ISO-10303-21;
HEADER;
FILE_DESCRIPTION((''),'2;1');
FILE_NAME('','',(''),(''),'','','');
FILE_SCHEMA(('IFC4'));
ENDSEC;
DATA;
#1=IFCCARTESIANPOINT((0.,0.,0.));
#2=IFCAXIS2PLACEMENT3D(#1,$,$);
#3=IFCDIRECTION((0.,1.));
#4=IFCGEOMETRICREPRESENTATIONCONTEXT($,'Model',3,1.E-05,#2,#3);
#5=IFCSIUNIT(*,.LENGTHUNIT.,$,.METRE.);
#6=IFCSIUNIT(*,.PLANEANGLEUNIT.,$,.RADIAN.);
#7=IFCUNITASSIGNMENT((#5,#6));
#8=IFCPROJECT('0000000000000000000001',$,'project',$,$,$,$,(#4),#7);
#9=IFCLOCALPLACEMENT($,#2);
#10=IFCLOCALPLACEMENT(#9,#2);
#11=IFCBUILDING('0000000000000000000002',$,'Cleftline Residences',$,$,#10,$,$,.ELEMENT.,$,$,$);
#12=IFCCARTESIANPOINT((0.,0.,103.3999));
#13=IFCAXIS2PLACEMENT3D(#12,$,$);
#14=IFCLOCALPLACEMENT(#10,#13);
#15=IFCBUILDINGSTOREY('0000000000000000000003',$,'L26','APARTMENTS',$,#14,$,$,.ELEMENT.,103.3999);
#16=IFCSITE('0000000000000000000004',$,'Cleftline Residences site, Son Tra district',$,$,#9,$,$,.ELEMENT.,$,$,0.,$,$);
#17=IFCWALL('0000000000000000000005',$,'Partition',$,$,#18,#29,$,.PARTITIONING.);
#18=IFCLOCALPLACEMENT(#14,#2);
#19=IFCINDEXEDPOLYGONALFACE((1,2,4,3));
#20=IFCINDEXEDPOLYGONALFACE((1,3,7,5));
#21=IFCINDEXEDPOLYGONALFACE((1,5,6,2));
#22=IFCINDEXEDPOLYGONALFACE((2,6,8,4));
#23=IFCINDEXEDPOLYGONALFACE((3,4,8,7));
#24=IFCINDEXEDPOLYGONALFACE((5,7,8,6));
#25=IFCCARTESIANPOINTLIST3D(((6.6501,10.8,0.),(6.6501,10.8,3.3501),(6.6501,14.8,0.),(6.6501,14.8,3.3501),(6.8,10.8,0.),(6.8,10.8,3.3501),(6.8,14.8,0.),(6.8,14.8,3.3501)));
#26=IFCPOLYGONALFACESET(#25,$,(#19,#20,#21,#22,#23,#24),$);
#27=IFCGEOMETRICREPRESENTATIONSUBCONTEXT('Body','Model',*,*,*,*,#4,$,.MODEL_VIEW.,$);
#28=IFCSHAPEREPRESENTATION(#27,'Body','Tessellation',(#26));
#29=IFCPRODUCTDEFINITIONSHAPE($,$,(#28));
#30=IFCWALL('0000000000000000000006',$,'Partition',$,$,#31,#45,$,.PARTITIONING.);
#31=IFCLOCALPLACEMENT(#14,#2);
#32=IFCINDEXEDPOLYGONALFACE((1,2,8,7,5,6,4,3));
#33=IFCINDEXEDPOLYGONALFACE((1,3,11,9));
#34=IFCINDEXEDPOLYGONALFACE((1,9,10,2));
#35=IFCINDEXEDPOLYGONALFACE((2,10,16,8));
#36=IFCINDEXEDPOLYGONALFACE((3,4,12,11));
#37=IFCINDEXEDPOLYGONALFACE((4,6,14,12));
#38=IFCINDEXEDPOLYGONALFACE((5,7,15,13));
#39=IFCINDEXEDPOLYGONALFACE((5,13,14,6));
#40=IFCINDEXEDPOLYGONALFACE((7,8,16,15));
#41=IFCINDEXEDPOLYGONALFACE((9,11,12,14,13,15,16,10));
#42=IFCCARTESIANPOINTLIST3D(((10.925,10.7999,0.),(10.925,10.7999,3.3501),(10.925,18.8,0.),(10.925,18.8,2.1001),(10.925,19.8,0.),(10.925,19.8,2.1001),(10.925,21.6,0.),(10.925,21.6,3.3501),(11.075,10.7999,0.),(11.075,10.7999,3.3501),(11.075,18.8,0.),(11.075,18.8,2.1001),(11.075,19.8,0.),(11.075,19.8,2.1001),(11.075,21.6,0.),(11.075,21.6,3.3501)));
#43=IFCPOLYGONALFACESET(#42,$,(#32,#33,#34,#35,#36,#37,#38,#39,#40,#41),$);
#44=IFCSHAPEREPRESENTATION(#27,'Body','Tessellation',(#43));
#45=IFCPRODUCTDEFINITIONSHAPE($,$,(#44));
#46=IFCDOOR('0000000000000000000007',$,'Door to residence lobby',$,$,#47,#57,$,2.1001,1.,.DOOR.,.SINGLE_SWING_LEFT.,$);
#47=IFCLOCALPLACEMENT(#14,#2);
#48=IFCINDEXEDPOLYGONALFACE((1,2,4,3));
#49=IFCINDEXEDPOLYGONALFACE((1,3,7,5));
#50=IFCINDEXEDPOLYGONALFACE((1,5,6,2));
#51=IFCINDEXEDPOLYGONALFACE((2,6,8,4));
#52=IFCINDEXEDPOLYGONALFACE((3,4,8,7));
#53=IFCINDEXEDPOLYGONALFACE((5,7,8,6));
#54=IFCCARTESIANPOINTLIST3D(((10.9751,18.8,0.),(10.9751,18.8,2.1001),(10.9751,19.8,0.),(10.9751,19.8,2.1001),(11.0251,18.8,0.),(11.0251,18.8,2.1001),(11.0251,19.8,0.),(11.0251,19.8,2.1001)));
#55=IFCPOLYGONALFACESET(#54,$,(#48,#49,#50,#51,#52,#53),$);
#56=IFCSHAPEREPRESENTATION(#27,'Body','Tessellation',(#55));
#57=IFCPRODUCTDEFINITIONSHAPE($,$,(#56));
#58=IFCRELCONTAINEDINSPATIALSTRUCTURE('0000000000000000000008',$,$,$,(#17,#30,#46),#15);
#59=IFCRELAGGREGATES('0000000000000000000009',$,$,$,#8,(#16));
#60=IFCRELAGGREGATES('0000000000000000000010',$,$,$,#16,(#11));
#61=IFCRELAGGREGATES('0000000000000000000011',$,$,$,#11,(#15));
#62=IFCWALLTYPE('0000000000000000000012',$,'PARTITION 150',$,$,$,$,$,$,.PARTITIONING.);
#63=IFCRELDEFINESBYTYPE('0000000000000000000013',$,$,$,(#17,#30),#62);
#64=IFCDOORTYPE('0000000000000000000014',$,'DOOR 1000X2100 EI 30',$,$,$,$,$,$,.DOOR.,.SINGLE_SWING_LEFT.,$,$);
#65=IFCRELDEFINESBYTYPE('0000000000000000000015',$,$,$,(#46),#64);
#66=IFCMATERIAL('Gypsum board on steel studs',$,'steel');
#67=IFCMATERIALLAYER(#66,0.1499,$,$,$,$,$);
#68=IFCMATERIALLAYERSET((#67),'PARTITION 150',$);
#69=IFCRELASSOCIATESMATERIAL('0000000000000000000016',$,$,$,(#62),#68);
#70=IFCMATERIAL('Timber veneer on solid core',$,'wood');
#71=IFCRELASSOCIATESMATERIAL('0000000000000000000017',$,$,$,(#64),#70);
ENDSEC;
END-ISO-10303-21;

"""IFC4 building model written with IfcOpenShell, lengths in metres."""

from ifc_helpers import new_model, si_unit, direction, frame, frame_2d, origin, place, context, subcontext, project, spatial, rectangle, extrude, material, layer, layer_set, type_object, element, fill, save


model = new_model("IFC4")

# Units and contexts
model_context = context("Model", 3, precision=1e-05, world=origin(), true_north=direction((0.0, 1.0)))
body_context = subcontext(model_context, "Body", "Model", "MODEL_VIEW")
ifc_project = project(units=[si_unit("LENGTHUNIT", "METRE"), si_unit("PLANEANGLEUNIT", "RADIAN")], contexts=[model_context])

# Site, building, storey
site_placement = place(None, origin())
site = spatial("IfcSite", under=ifc_project, at=site_placement, Name="Cleftline Residences site, Son Tra district", CompositionType="ELEMENT", RefElevation=0.0)
building_placement = place(site_placement, origin())
building = spatial("IfcBuilding", under=site, at=building_placement, Name="Cleftline Residences", CompositionType="ELEMENT")
storey_placement = place(building_placement, frame((0.0, 0.0, 103.3999)))
storey = spatial("IfcBuildingStorey", under=building, at=storey_placement, Name="L26", Description="APARTMENTS", CompositionType="ELEMENT", Elevation=103.3999)

# Shared definitions
ifc_material_1 = material(Name="Gypsum board on steel studs", Category="steel")
ifc_layer = layer(ifc_material_1, 0.1499)
ifc_layer_set = layer_set([ifc_layer], Name="PARTITION 150")
wall_type = type_object("IfcWallType", Name="PARTITION 150", PredefinedType="PARTITIONING", material=ifc_layer_set)

# Wall
wall_1_placement = place(storey_placement, frame((6.7251, 10.8, 0.0), z_axis=(0.0, 0.0, 1.0), x_axis=(0.0, 1.0, 0.0)))
element("IfcWall", 1, at=wall_1_placement, inside=storey, type_object=wall_type, Name="Partition", PredefinedType="PARTITIONING", context=body_context, shape_type="SweptSolid", body=[
    extrude(rectangle(XDim=4.0, YDim=0.1499, at=frame_2d((2.0, 0.0))), origin(), (0.0, 0.0, 1.0), 3.3501),
])

# Wall, opening, door
wall_2_placement = place(storey_placement, frame((11.0, 10.8, 0.0), z_axis=(0.0, 0.0, 1.0), x_axis=(0.0, 1.0, 0.0)))
wall_2 = element("IfcWall", 2, at=wall_2_placement, inside=storey, type_object=wall_type, Name="Partition", PredefinedType="PARTITIONING", context=body_context, shape_type="SweptSolid", body=[
    extrude(rectangle(XDim=10.8, YDim=0.1499, at=frame_2d((5.3999, 0.0))), origin(), (0.0, 0.0, 1.0), 3.3501),
])
opening_1_placement = place(wall_2_placement, frame((8.0, 0.0, 0.0)))
opening_1 = element("IfcOpeningElement", 3, at=opening_1_placement, cuts=wall_2, PredefinedType="OPENING", context=body_context, shape_type="SweptSolid", body=[
    extrude(rectangle(XDim=1.0, YDim=2.1001, at=frame_2d((0.5, 1.05))), frame((0.0, 0.085, 0.0), z_axis=(0.0, -1.0, 0.0), x_axis=(1.0, 0.0, 0.0)), (0.0, 0.0, 1.0), 0.1699),
])
ifc_material_2 = material(Name="Timber veneer on solid core", Category="wood")
door_type_1 = type_object("IfcDoorType", Name="DOOR 1000X2100 EI 30", OperationType="SINGLE_SWING_LEFT", PredefinedType="DOOR", material=ifc_material_2)
door_1_placement = place(opening_1_placement, origin())
door_1 = element("IfcDoor", 4, at=door_1_placement, inside=storey, type_object=door_type_1, Name="Door to residence lobby", OperationType="SINGLE_SWING_LEFT", OverallHeight=2.1001, OverallWidth=1.0, PredefinedType="DOOR", context=body_context, shape_type="SweptSolid", body=[
    extrude(rectangle(XDim=1.0, YDim=2.1001, at=frame_2d((0.5, 1.05))), frame((0.0, 0.0249, 0.0), z_axis=(0.0, -1.0, 0.0), x_axis=(1.0, 0.0, 0.0)), (0.0, 0.0, 1.0), 0.05),
])
fill(opening_1, door_1)

save(model, "model.ifc")
